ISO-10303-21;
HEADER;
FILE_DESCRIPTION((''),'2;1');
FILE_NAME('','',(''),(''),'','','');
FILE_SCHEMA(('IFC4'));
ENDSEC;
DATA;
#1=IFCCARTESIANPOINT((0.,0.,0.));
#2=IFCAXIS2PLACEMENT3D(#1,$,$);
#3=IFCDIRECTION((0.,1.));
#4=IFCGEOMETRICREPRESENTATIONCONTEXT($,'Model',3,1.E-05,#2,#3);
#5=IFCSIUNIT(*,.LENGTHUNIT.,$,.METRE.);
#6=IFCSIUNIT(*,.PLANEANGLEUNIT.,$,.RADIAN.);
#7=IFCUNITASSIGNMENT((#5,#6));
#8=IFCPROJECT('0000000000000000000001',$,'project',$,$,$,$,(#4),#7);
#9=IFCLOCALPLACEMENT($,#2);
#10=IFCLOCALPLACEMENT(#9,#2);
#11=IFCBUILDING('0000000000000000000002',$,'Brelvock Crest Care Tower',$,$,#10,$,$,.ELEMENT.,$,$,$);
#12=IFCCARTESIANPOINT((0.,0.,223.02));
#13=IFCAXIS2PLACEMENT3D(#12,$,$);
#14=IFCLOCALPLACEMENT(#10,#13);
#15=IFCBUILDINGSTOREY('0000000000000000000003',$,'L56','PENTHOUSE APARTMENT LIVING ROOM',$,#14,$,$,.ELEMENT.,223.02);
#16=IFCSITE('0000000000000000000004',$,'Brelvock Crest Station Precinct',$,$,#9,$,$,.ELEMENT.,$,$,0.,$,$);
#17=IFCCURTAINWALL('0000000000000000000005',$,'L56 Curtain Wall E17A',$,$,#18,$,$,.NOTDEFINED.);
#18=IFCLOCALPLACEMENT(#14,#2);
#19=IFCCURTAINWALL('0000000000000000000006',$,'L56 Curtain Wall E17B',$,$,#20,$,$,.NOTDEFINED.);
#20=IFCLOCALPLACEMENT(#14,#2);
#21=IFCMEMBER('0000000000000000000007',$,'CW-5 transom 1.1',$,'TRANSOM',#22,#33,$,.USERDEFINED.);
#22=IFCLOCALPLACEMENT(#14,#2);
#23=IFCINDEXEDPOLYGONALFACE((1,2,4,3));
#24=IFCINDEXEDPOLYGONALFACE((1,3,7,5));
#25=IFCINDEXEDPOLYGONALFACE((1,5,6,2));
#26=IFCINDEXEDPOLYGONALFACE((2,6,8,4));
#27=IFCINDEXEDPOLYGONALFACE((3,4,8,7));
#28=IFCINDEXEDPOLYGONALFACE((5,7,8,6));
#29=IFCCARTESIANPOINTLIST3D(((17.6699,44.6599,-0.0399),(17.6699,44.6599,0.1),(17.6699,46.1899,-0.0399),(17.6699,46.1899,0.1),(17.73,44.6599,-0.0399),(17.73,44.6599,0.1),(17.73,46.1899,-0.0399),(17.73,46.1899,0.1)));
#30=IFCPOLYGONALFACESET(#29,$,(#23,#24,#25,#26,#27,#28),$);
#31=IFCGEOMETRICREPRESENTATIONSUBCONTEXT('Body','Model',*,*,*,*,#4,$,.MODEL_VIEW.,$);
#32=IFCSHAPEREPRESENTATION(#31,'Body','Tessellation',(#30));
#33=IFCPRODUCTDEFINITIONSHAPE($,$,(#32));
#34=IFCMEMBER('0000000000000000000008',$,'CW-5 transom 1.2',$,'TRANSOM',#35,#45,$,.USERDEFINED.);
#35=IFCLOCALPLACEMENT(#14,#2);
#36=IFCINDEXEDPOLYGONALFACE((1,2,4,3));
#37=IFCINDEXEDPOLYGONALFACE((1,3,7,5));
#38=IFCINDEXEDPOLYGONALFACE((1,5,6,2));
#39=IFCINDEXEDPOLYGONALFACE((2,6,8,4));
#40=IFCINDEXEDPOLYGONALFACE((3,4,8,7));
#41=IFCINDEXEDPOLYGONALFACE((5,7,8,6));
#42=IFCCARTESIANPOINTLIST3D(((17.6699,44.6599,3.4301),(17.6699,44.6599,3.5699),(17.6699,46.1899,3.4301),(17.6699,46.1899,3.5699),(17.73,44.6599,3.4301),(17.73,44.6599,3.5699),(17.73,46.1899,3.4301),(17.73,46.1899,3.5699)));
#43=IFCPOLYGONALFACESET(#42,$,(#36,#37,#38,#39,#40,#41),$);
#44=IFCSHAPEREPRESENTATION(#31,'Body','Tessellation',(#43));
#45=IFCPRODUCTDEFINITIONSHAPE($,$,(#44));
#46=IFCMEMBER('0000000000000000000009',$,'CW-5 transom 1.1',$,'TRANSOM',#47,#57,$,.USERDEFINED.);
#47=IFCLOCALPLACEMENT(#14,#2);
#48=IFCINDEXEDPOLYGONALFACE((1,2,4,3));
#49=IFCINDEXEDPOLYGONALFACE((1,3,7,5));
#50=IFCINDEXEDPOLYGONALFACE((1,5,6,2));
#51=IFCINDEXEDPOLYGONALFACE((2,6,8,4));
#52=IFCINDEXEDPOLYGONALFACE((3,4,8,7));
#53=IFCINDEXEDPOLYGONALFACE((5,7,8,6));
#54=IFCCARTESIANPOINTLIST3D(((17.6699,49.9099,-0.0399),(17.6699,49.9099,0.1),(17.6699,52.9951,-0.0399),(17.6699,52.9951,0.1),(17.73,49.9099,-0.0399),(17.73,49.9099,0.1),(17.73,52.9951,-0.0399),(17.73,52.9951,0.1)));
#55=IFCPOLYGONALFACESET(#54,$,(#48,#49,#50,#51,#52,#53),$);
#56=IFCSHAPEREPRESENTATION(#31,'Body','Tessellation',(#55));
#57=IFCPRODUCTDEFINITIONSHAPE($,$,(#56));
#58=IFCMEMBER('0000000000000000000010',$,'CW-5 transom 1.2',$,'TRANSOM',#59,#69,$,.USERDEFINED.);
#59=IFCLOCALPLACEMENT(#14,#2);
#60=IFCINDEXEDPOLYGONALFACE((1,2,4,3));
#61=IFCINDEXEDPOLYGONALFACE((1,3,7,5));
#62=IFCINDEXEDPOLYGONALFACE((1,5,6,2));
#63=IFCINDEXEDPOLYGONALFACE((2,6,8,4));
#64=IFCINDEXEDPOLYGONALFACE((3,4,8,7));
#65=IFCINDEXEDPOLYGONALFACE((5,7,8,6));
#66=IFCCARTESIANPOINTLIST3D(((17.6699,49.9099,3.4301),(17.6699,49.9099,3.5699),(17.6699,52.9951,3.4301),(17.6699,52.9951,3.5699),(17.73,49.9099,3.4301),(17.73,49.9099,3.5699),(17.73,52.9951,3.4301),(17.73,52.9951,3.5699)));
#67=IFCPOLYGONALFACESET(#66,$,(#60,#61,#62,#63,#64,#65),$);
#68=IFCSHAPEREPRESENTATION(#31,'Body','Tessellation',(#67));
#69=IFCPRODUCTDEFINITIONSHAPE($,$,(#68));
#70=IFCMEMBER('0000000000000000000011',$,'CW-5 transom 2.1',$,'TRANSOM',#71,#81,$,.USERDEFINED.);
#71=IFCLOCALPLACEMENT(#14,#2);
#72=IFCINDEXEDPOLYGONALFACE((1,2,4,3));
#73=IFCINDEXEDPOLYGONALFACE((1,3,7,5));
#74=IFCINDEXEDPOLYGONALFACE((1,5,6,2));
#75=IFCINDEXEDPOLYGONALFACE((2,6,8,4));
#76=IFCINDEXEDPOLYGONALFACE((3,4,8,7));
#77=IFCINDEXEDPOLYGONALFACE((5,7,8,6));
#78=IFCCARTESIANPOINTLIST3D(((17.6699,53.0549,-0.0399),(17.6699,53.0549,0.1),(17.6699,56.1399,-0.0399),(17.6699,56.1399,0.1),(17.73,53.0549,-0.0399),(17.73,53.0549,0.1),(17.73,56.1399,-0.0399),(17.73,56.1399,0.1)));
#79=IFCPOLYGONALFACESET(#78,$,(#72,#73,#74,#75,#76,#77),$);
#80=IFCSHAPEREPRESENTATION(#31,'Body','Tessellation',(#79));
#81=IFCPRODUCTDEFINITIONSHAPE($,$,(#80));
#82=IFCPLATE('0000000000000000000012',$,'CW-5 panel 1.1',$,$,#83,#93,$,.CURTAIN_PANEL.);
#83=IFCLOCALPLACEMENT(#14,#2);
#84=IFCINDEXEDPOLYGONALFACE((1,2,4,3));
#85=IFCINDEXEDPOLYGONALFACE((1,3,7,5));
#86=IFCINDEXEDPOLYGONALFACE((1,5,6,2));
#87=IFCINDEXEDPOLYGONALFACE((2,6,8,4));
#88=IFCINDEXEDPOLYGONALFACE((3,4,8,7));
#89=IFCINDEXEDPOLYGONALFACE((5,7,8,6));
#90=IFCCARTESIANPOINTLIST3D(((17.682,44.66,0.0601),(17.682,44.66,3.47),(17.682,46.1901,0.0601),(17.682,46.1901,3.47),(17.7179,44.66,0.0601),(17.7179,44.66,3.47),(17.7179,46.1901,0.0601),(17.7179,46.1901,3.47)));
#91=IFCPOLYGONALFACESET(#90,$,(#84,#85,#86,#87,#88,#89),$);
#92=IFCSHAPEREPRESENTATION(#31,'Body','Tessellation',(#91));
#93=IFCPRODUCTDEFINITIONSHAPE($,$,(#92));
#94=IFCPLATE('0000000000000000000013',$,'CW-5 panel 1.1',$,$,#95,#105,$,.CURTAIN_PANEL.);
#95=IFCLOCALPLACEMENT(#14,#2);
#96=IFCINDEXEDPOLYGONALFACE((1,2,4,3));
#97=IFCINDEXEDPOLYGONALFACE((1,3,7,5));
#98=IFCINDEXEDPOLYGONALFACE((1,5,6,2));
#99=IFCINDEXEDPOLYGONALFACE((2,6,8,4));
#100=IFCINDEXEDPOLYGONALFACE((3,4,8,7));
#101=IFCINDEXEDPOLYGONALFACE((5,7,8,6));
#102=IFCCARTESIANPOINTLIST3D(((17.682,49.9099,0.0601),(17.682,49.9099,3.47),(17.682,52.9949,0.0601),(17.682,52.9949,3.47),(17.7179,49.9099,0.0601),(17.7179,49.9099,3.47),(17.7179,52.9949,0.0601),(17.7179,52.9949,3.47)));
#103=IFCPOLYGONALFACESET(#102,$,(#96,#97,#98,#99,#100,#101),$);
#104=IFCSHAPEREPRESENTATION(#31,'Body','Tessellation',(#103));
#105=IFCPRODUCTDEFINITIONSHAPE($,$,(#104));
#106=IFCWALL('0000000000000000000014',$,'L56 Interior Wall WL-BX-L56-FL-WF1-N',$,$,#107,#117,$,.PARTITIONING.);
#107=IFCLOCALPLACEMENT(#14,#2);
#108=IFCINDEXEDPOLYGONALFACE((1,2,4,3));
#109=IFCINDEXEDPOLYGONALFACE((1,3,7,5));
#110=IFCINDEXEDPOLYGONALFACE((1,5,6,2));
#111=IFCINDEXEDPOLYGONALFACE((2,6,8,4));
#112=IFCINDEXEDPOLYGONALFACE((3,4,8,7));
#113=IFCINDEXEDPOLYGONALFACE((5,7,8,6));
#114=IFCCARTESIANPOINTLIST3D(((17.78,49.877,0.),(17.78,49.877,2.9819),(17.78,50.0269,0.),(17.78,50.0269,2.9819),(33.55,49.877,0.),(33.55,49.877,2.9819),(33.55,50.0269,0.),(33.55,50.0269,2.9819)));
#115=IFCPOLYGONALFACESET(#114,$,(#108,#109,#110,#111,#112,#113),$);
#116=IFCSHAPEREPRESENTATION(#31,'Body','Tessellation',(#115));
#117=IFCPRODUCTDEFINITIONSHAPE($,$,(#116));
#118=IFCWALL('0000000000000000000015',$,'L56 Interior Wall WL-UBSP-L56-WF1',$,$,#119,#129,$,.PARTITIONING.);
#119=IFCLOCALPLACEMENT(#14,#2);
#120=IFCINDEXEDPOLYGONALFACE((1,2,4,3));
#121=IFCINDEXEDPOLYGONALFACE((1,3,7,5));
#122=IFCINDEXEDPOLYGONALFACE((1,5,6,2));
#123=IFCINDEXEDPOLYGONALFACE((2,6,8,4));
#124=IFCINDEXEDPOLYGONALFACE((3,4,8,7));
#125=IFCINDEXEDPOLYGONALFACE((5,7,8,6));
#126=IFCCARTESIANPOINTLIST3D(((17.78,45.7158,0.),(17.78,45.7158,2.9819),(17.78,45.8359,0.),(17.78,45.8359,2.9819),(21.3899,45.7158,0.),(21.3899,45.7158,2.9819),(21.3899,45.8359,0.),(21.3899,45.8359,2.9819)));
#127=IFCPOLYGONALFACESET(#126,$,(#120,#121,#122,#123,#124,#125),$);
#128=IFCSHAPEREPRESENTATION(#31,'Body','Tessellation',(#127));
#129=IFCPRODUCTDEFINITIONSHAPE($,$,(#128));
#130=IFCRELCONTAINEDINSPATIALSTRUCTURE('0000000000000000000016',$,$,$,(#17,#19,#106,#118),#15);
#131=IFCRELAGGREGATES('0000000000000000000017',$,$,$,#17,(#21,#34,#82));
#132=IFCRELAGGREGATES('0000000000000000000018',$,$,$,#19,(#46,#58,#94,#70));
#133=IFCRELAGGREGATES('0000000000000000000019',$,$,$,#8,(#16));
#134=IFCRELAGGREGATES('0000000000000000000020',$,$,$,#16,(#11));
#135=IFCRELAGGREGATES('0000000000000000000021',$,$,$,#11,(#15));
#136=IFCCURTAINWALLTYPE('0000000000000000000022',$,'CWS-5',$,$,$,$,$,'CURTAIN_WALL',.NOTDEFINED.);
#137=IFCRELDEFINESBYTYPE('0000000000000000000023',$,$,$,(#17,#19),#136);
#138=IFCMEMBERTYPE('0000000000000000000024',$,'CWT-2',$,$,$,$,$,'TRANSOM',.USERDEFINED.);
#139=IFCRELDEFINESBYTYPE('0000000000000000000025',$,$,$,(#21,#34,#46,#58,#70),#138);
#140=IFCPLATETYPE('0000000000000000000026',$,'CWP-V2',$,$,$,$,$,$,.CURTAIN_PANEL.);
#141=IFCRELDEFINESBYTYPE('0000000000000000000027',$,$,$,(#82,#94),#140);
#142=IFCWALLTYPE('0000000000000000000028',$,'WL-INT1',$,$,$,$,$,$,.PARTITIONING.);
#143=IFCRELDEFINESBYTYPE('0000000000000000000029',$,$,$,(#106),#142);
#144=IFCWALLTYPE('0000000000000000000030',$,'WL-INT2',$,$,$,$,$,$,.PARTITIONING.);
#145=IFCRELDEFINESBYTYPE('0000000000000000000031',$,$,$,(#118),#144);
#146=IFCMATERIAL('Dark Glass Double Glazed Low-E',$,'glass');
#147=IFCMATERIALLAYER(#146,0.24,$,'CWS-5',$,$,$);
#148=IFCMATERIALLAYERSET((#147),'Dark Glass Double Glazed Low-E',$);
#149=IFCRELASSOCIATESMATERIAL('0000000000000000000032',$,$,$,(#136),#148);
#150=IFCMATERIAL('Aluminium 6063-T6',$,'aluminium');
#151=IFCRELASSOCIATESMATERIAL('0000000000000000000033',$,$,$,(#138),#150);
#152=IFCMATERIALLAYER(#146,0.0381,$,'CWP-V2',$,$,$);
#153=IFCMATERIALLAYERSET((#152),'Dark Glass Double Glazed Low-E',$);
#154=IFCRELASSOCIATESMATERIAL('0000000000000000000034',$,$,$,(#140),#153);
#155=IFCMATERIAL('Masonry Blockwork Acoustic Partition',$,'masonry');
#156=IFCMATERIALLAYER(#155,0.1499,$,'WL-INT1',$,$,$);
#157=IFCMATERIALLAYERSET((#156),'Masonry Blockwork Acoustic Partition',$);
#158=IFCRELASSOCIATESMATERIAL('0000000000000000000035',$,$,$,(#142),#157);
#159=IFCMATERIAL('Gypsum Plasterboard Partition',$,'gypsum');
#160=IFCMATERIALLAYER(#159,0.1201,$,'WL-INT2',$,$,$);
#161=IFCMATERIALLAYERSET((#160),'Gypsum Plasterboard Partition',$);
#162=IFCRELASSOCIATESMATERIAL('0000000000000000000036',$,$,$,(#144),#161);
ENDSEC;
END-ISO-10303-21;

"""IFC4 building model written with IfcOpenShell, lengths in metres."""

from ifc_helpers import new_model, si_unit, direction, frame, frame_2d, origin, origin_2d, place, context, subcontext, project, spatial, rectangle, extrude, source, transform, mapped, material, layer, layer_set, material_profile, profile_set, type_object, element, aggregate, save


model = new_model("IFC4")

# Units and contexts
model_context = context("Model", 3, precision=1e-05, world=origin(), true_north=direction((0.0, 1.0)))
body_context = subcontext(model_context, "Body", "Model", "MODEL_VIEW")
ifc_project = project(units=[si_unit("LENGTHUNIT", "METRE"), si_unit("PLANEANGLEUNIT", "RADIAN")], contexts=[model_context])

# Site, building, storey
site_placement = place(None, origin())
site = spatial("IfcSite", under=ifc_project, at=site_placement, Name="Brelvock Crest Station Precinct", CompositionType="ELEMENT", RefElevation=0.0)
building_placement = place(site_placement, origin())
building = spatial("IfcBuilding", under=site, at=building_placement, Name="Brelvock Crest Care Tower", CompositionType="ELEMENT")
storey_placement = place(building_placement, frame((0.0, 0.0, 223.02)))
storey = spatial("IfcBuildingStorey", under=building, at=storey_placement, Name="L56", Description="PENTHOUSE APARTMENT LIVING ROOM", CompositionType="ELEMENT", Elevation=223.02)

# Curtain walls
ifc_material_1 = material(Name="Dark Glass Double Glazed Low-E", Category="glass")
ifc_layer_1 = layer(ifc_material_1, 0.24, Name="CWS-5")
ifc_layer_set_1 = layer_set([ifc_layer_1], Name="Dark Glass Double Glazed Low-E")
curtain_wall_type = type_object("IfcCurtainWallType", Name="CWS-5", ElementType="CURTAIN_WALL", PredefinedType="NOTDEFINED", material=ifc_layer_set_1)
curtain_wall_1_placement = place(storey_placement, origin())
curtain_wall_1 = element("IfcCurtainWall", 1, at=curtain_wall_1_placement, inside=storey, type_object=curtain_wall_type, Name="L56 Curtain Wall E17A", PredefinedType="NOTDEFINED")
ifc_material_2 = material(Name="Aluminium 6063-T6", Category="aluminium")
curtain_wall_2_placement = place(storey_placement, origin())
curtain_wall_2 = element("IfcCurtainWall", 2, at=curtain_wall_2_placement, inside=storey, type_object=curtain_wall_type, Name="L56 Curtain Wall E17B", PredefinedType="NOTDEFINED")

# Members
ifc_material_profile_1 = material_profile(ifc_material_2, rectangle(XDim=0.0601, YDim=0.1399, at=origin_2d()), Name="ALU60x140")
ifc_profile_set_1 = profile_set([ifc_material_profile_1], Name="Aluminium 6063-T6")
member_type_1 = type_object("IfcMemberType", Name="CWT-2", ElementType="TRANSOM", PredefinedType="USERDEFINED", material=ifc_profile_set_1)
shared_shape_1 = source(origin(), body_context, "Body", "SweptSolid", [
    extrude(rectangle(XDim=0.0601, YDim=0.1399, at=origin_2d()), origin(), (0.0, 0.0, 1.0), 1.53),
])
member_1_placement = place(storey_placement, frame((17.7, 44.6599, 0.03), z_axis=(0.0, 1.0, 0.0), x_axis=(-1.0, 0.0, 0.0)))
member_1 = element("IfcMember", 3, at=member_1_placement, type_object=member_type_1, Name="CW-5 transom 1.1", ObjectType="TRANSOM", PredefinedType="USERDEFINED", context=body_context, shape_type="MappedRepresentation", body=[
    mapped(shared_shape_1, transform((0.0, 0.0, 0.0), x_axis=(1.0, 0.0, 0.0), y_axis=(0.0, 1.0, 0.0), z_axis=(0.0, 0.0, 1.0), scale=1.0)),
])
member_2_placement = place(storey_placement, frame((17.7, 44.6599, 3.5), z_axis=(0.0, 1.0, 0.0), x_axis=(-1.0, 0.0, 0.0)))
member_2 = element("IfcMember", 4, at=member_2_placement, type_object=member_type_1, Name="CW-5 transom 1.2", ObjectType="TRANSOM", PredefinedType="USERDEFINED", context=body_context, shape_type="MappedRepresentation", body=[
    mapped(shared_shape_1, transform((0.0, 0.0, 0.0), x_axis=(1.0, 0.0, 0.0), y_axis=(0.0, 1.0, 0.0), z_axis=(0.0, 0.0, 1.0), scale=1.0)),
])
shared_shape_2 = source(origin(), body_context, "Body", "SweptSolid", [
    extrude(rectangle(XDim=0.0601, YDim=0.1399, at=origin_2d()), origin(), (0.0, 0.0, 1.0), 3.0852),
])
member_3_placement = place(storey_placement, frame((17.7, 49.9099, 0.03), z_axis=(0.0, 1.0, 0.0), x_axis=(-1.0, 0.0, 0.0)))
member_3 = element("IfcMember", 5, at=member_3_placement, type_object=member_type_1, Name="CW-5 transom 1.1", ObjectType="TRANSOM", PredefinedType="USERDEFINED", context=body_context, shape_type="MappedRepresentation", body=[
    mapped(shared_shape_2, transform((0.0, 0.0, 0.0), x_axis=(1.0, 0.0, 0.0), y_axis=(0.0, 1.0, 0.0), z_axis=(0.0, 0.0, 1.0), scale=1.0)),
])
member_4_placement = place(storey_placement, frame((17.7, 49.9099, 3.5), z_axis=(0.0, 1.0, 0.0), x_axis=(-1.0, 0.0, 0.0)))
member_4 = element("IfcMember", 6, at=member_4_placement, type_object=member_type_1, Name="CW-5 transom 1.2", ObjectType="TRANSOM", PredefinedType="USERDEFINED", context=body_context, shape_type="MappedRepresentation", body=[
    mapped(shared_shape_2, transform((0.0, 0.0, 0.0), x_axis=(1.0, 0.0, 0.0), y_axis=(0.0, 1.0, 0.0), z_axis=(0.0, 0.0, 1.0), scale=1.0)),
])
shared_shape_3 = source(origin(), body_context, "Body", "SweptSolid", [
    extrude(rectangle(XDim=0.0601, YDim=0.1399, at=origin_2d()), origin(), (0.0, 0.0, 1.0), 3.085),
])
member_5_placement = place(storey_placement, frame((17.7, 53.0549, 0.03), z_axis=(0.0, 1.0, 0.0), x_axis=(-1.0, 0.0, 0.0)))
member_5 = element("IfcMember", 7, at=member_5_placement, type_object=member_type_1, Name="CW-5 transom 2.1", ObjectType="TRANSOM", PredefinedType="USERDEFINED", context=body_context, shape_type="MappedRepresentation", body=[
    mapped(shared_shape_3, transform((0.0, 0.0, 0.0), x_axis=(1.0, 0.0, 0.0), y_axis=(0.0, 1.0, 0.0), z_axis=(0.0, 0.0, 1.0), scale=1.0)),
])

# Plates
ifc_layer_2 = layer(ifc_material_1, 0.0381, Name="CWP-V2")
ifc_layer_set_2 = layer_set([ifc_layer_2], Name="Dark Glass Double Glazed Low-E")
plate_type = type_object("IfcPlateType", Name="CWP-V2", PredefinedType="CURTAIN_PANEL", material=ifc_layer_set_2)
shared_shape_4 = source(origin(), body_context, "Body", "SweptSolid", [
    extrude(rectangle(XDim=1.53, YDim=0.0359, at=origin_2d()), origin(), (0.0, 0.0, 1.0), 3.4099),
])
plate_1_placement = place(storey_placement, frame((17.7, 45.425, 0.0601), z_axis=(0.0, 0.0, 1.0), x_axis=(0.0, 1.0, 0.0)))
plate_1 = element("IfcPlate", 8, at=plate_1_placement, type_object=plate_type, Name="CW-5 panel 1.1", PredefinedType="CURTAIN_PANEL", context=body_context, shape_type="MappedRepresentation", body=[
    mapped(shared_shape_4, transform((0.0, 0.0, 0.0), x_axis=(1.0, 0.0, 0.0), y_axis=(0.0, 1.0, 0.0), z_axis=(0.0, 0.0, 1.0), scale=1.0)),
])
aggregate(curtain_wall_1, [member_1, member_2, plate_1])
shared_shape_5 = source(origin(), body_context, "Body", "SweptSolid", [
    extrude(rectangle(XDim=3.085, YDim=0.0359, at=origin_2d()), origin(), (0.0, 0.0, 1.0), 3.4099),
])
plate_2_placement = place(storey_placement, frame((17.7, 51.4524, 0.0601), z_axis=(0.0, 0.0, 1.0), x_axis=(0.0, 1.0, 0.0)))
plate_2 = element("IfcPlate", 9, at=plate_2_placement, type_object=plate_type, Name="CW-5 panel 1.1", PredefinedType="CURTAIN_PANEL", context=body_context, shape_type="MappedRepresentation", body=[
    mapped(shared_shape_5, transform((0.0, 0.0, 0.0), x_axis=(1.0, 0.0, 0.0), y_axis=(0.0, 1.0, 0.0), z_axis=(0.0, 0.0, 1.0), scale=1.0)),
])
aggregate(curtain_wall_2, [member_3, member_4, plate_2, member_5])

# Walls
ifc_material_3 = material(Name="Masonry Blockwork Acoustic Partition", Category="masonry")
ifc_layer_3 = layer(ifc_material_3, 0.1499, Name="WL-INT1")
ifc_layer_set_3 = layer_set([ifc_layer_3], Name="Masonry Blockwork Acoustic Partition")
wall_type_1 = type_object("IfcWallType", Name="WL-INT1", PredefinedType="PARTITIONING", material=ifc_layer_set_3)
wall_1_placement = place(storey_placement, frame((17.78, 49.9519, 0.0), z_axis=(0.0, 0.0, 1.0), x_axis=(1.0, 0.0, 0.0)))
element("IfcWall", 10, at=wall_1_placement, inside=storey, type_object=wall_type_1, Name="L56 Interior Wall WL-BX-L56-FL-WF1-N", PredefinedType="PARTITIONING", context=body_context, shape_type="SweptSolid", body=[
    extrude(rectangle(XDim=15.77, YDim=0.1499, at=frame_2d((7.885, 0.0))), origin(), (0.0, 0.0, 1.0), 2.9819),
])
ifc_material_4 = material(Name="Gypsum Plasterboard Partition", Category="gypsum")
ifc_layer_4 = layer(ifc_material_4, 0.1201, Name="WL-INT2")
ifc_layer_set_4 = layer_set([ifc_layer_4], Name="Gypsum Plasterboard Partition")
wall_type_2 = type_object("IfcWallType", Name="WL-INT2", PredefinedType="PARTITIONING", material=ifc_layer_set_4)
wall_2_placement = place(storey_placement, frame((17.78, 45.7759, 0.0), z_axis=(0.0, 0.0, 1.0), x_axis=(1.0, 0.0, 0.0)))
element("IfcWall", 11, at=wall_2_placement, inside=storey, type_object=wall_type_2, Name="L56 Interior Wall WL-UBSP-L56-WF1", PredefinedType="PARTITIONING", context=body_context, shape_type="SweptSolid", body=[
    extrude(rectangle(XDim=3.6099, YDim=0.1201, at=frame_2d((1.8049, 0.0))), origin(), (0.0, 0.0, 1.0), 2.9819),
])

save(model, "model.ifc")
